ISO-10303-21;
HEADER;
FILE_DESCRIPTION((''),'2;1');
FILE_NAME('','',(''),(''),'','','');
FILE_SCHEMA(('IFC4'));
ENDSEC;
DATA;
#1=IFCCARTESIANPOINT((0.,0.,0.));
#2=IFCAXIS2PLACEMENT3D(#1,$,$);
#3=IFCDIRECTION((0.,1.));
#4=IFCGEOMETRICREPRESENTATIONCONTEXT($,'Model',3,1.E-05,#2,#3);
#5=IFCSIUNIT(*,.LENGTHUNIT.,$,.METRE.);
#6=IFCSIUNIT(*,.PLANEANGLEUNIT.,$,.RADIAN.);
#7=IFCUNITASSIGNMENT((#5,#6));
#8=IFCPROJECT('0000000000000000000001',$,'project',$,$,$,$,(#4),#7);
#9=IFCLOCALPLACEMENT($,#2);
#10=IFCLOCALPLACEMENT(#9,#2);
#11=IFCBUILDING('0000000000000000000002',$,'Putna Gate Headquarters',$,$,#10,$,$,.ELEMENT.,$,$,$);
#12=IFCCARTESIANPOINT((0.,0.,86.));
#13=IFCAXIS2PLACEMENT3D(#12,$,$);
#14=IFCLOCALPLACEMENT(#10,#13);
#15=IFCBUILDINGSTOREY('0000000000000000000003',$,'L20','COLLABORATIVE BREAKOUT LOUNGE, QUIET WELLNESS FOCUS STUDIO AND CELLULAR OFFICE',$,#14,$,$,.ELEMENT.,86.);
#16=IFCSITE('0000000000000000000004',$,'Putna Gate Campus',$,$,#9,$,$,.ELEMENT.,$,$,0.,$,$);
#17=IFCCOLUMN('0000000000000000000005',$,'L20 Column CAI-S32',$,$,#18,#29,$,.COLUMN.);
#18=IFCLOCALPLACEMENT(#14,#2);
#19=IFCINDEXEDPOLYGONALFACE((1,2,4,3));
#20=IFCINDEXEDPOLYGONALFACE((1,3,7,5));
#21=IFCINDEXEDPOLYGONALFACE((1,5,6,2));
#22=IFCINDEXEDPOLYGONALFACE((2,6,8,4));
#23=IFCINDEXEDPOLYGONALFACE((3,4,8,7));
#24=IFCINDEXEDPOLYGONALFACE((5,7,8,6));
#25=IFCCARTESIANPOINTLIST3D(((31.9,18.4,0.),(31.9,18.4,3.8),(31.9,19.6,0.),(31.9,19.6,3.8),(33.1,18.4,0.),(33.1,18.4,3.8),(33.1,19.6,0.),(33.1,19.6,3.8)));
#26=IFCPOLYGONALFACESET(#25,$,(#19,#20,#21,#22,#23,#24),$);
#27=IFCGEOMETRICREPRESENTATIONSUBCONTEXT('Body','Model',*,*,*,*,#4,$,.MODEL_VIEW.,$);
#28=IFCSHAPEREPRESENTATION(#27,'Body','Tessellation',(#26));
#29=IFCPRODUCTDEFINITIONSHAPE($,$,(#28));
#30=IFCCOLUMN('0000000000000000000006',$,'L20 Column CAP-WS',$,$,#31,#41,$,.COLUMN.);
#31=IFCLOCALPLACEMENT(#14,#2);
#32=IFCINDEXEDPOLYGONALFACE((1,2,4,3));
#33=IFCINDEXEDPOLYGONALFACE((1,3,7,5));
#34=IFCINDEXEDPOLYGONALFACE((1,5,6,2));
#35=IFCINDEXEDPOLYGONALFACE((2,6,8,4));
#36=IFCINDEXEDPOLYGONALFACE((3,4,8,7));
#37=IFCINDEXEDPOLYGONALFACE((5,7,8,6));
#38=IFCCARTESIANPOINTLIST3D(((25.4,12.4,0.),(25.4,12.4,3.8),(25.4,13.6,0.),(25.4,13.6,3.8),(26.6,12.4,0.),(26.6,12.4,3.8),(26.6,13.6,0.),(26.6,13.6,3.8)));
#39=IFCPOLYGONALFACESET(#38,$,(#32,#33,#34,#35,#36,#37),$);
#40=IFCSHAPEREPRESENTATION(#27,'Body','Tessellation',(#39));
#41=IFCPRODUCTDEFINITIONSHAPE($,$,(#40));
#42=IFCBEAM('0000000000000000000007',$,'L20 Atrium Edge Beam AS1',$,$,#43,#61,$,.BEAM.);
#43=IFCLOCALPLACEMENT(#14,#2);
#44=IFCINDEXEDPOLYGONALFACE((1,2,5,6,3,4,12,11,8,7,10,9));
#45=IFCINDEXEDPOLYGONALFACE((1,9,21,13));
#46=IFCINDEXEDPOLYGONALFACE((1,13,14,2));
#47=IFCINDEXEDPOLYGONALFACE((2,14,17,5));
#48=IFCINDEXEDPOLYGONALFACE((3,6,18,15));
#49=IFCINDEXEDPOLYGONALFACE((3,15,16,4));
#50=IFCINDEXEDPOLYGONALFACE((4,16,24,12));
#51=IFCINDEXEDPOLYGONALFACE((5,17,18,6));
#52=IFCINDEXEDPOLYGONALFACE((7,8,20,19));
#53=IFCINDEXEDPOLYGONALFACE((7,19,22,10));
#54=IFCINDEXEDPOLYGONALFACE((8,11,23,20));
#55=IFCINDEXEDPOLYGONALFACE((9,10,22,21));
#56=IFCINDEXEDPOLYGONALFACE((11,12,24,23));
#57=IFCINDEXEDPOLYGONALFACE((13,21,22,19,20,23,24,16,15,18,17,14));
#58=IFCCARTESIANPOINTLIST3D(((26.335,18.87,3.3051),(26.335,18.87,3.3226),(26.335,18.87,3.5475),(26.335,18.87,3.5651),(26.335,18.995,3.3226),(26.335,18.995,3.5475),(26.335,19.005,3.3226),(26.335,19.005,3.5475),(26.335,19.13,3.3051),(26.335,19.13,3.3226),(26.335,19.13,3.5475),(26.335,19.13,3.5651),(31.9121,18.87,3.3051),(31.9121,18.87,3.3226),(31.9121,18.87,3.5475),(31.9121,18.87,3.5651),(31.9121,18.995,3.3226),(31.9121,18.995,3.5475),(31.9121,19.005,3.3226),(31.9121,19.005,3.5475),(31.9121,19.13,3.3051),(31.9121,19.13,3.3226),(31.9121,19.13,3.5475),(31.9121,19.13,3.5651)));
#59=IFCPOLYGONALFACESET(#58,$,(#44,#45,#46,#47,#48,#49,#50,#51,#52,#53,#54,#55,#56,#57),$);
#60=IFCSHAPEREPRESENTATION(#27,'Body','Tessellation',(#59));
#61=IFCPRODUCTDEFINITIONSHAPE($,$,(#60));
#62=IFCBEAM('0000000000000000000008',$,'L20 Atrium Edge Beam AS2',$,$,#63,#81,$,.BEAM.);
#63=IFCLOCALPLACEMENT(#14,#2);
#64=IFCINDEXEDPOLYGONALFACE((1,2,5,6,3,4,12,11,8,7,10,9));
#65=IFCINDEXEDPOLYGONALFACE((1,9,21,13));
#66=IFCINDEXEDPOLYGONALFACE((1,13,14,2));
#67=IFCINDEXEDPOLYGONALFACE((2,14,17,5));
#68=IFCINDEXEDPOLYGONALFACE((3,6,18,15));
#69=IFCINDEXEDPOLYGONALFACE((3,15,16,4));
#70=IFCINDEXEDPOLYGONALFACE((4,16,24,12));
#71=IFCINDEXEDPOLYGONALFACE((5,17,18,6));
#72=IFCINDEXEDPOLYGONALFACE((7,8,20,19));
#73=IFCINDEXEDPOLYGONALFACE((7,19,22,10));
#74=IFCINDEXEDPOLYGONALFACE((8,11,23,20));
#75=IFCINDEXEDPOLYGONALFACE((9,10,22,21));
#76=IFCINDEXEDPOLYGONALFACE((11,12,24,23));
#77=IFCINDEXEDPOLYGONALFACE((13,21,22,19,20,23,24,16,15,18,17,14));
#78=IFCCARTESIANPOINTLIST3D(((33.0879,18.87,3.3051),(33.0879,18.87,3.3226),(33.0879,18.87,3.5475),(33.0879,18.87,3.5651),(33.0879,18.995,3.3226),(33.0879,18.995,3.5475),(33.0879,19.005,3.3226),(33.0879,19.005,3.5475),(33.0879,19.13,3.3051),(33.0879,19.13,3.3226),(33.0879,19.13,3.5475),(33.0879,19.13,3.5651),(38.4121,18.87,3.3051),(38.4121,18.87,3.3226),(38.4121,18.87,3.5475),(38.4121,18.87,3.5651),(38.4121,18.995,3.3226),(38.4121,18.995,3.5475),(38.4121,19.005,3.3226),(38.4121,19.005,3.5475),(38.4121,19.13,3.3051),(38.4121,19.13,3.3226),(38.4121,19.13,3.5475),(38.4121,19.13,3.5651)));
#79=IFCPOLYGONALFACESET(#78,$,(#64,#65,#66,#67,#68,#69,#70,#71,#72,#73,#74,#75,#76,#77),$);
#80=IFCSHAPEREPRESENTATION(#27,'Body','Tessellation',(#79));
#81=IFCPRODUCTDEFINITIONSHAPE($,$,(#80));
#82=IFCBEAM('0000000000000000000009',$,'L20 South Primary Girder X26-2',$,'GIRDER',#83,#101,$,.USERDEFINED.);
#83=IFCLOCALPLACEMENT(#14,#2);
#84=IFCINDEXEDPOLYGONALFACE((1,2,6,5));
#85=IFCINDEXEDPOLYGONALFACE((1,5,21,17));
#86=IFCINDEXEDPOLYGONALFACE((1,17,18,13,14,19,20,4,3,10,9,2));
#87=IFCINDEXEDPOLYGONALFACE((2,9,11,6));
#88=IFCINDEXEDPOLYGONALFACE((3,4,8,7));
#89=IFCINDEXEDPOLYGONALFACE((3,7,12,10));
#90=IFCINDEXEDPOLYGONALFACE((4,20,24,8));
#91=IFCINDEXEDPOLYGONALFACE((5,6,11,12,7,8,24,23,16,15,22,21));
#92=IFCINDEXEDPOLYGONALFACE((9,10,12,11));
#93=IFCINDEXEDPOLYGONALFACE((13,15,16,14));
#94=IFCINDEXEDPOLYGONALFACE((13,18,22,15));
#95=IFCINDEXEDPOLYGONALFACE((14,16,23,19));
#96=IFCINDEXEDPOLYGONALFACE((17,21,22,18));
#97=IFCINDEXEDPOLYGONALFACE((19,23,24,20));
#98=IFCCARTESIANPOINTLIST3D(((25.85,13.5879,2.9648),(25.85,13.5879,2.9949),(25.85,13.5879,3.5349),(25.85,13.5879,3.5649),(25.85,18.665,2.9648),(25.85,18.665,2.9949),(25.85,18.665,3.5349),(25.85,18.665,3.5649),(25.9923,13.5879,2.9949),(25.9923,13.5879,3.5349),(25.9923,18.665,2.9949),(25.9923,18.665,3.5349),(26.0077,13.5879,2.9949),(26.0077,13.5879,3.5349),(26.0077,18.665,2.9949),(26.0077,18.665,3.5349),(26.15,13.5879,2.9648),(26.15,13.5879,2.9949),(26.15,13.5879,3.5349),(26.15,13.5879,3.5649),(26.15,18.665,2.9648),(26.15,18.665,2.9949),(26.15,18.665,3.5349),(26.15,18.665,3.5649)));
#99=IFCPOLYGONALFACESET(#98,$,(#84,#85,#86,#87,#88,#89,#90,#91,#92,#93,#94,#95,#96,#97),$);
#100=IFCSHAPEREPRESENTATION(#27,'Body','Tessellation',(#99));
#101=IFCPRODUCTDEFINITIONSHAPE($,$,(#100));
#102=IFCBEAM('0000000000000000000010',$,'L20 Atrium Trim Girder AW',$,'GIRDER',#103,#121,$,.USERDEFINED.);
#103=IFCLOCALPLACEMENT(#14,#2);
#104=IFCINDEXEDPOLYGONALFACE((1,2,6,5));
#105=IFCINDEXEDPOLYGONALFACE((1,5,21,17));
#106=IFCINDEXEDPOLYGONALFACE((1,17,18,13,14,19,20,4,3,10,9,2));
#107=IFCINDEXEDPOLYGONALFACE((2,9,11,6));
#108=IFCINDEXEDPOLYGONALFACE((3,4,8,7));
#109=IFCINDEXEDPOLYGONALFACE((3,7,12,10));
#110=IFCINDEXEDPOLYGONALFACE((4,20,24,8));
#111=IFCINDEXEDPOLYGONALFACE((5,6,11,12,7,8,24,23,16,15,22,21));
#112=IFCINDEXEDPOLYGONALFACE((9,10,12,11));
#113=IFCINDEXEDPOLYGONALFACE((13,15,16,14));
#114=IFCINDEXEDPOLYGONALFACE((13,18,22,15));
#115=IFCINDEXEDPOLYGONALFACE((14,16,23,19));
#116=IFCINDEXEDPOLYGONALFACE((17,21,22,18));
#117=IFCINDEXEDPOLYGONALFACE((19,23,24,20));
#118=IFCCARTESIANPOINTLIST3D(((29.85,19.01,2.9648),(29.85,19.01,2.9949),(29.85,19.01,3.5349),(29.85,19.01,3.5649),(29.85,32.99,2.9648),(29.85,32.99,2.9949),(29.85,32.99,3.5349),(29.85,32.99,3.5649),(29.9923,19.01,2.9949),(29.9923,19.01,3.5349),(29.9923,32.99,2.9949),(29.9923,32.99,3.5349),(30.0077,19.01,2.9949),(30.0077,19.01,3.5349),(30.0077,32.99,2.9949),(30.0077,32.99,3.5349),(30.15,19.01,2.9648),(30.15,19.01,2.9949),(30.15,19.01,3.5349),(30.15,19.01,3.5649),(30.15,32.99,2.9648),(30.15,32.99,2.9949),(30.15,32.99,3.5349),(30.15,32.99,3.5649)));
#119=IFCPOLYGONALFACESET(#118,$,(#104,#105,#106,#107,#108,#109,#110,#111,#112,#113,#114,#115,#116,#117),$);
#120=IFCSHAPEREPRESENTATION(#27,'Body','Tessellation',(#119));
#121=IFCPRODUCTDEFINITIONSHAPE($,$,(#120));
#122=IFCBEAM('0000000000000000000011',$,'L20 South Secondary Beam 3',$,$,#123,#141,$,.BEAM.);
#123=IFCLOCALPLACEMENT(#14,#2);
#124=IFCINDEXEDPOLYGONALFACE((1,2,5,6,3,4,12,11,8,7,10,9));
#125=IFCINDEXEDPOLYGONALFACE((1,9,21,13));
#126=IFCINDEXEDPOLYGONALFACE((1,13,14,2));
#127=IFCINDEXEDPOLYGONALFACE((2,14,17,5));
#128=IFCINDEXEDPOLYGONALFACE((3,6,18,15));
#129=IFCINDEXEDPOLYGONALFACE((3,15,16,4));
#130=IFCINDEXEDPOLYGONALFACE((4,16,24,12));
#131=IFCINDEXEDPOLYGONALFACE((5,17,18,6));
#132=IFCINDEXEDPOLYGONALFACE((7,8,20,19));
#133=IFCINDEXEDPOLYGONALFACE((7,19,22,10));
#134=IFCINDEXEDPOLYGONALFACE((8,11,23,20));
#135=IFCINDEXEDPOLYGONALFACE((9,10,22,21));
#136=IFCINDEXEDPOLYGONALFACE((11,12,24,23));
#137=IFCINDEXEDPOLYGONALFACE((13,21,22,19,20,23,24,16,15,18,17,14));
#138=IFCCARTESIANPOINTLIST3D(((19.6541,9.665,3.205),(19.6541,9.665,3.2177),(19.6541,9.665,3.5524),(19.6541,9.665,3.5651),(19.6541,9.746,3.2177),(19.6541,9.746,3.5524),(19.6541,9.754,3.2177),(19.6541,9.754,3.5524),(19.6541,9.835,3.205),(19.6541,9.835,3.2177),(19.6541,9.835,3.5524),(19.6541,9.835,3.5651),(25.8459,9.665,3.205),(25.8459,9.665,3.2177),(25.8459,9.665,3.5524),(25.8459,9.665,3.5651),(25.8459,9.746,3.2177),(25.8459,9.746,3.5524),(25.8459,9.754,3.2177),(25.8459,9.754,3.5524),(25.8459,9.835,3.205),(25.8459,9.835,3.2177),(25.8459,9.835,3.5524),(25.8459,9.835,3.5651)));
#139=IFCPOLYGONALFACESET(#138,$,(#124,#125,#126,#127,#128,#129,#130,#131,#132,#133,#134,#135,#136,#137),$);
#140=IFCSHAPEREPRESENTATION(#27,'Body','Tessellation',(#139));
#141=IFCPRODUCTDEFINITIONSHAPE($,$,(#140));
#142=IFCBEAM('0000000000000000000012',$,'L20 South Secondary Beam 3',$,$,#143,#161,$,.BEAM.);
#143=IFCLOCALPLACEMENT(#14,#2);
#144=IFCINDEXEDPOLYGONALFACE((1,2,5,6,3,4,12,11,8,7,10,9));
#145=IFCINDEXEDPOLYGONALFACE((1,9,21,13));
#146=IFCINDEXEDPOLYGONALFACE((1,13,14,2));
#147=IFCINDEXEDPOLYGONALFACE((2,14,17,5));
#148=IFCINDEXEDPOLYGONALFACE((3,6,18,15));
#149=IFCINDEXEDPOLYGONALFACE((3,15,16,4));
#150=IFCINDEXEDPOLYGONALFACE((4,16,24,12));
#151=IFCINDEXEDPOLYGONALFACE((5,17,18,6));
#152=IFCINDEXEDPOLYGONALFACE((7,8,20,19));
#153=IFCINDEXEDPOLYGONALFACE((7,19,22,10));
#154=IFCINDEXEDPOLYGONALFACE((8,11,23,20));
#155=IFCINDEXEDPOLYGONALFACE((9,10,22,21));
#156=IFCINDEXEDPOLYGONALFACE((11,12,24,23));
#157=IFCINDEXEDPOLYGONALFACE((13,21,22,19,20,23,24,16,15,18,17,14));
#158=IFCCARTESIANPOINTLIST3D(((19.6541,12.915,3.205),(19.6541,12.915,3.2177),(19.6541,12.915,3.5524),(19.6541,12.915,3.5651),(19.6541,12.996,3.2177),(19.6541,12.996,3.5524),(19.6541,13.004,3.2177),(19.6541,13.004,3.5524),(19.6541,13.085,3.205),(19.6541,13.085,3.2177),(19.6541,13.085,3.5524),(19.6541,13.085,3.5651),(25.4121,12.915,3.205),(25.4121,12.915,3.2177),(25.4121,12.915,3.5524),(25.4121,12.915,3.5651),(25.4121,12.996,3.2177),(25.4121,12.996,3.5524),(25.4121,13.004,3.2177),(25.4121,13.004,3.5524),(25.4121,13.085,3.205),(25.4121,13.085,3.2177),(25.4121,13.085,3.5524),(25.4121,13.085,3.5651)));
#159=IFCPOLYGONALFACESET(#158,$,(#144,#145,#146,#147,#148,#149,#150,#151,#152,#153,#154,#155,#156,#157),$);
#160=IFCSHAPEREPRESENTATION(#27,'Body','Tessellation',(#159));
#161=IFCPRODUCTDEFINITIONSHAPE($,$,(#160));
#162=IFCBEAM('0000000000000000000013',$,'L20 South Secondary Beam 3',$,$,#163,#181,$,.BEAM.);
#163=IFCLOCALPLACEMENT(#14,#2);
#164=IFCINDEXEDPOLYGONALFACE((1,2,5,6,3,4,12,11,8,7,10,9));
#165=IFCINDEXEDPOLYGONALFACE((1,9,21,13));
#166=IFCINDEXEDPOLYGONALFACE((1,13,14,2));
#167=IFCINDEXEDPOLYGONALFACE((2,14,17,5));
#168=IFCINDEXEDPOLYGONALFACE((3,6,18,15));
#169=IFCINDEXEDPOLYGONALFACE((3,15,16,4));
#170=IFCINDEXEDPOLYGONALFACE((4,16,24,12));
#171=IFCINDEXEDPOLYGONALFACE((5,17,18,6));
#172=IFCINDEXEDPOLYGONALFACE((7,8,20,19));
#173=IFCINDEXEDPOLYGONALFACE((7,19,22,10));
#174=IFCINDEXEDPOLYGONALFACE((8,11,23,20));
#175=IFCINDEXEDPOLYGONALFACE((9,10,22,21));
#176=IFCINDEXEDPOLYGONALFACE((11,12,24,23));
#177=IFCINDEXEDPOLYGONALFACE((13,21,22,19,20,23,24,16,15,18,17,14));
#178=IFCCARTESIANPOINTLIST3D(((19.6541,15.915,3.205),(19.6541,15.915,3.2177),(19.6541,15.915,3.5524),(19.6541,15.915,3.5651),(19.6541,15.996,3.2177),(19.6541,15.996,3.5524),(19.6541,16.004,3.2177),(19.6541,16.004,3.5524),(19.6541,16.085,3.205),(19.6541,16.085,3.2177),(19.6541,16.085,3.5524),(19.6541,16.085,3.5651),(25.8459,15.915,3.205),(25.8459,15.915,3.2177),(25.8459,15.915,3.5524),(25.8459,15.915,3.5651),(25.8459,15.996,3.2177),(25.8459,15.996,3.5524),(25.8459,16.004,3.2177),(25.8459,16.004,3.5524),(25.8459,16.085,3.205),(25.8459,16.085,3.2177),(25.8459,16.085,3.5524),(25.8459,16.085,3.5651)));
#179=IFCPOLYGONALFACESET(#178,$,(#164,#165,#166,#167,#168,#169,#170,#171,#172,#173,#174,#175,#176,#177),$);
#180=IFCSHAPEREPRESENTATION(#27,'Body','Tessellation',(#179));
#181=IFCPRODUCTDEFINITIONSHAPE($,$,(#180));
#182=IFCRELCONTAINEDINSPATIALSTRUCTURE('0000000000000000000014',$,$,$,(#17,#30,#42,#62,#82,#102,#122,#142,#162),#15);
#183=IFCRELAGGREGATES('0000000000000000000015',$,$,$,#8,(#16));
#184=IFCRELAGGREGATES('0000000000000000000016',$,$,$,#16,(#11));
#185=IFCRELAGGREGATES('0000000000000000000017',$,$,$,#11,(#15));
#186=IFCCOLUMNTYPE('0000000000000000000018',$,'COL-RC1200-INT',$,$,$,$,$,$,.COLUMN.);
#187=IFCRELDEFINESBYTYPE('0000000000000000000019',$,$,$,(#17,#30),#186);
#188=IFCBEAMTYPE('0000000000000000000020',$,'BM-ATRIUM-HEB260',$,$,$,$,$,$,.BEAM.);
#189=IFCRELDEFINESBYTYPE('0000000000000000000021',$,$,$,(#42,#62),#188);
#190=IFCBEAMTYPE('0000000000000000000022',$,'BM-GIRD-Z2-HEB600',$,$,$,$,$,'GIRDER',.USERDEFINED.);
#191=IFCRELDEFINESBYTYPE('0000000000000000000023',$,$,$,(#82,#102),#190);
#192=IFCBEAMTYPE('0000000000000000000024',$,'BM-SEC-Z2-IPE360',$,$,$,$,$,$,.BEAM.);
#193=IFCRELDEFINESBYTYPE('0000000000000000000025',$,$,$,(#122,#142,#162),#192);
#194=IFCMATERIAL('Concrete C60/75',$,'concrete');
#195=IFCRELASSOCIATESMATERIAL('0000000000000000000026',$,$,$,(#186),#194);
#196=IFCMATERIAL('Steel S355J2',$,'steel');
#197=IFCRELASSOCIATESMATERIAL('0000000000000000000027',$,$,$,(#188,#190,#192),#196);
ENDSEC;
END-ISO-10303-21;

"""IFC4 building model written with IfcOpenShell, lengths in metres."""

from ifc_helpers import new_model, si_unit, direction, frame, origin, origin_2d, place, context, subcontext, project, spatial, rectangle, i_section, extrude, material, material_profile, profile_set, type_object, element, save


model = new_model("IFC4")

# Units and contexts
model_context = context("Model", 3, precision=1e-05, world=origin(), true_north=direction((0.0, 1.0)))
body_context = subcontext(model_context, "Body", "Model", "MODEL_VIEW")
ifc_project = project(units=[si_unit("LENGTHUNIT", "METRE"), si_unit("PLANEANGLEUNIT", "RADIAN")], contexts=[model_context])

# Site, building, storey
site_placement = place(None, origin())
site = spatial("IfcSite", under=ifc_project, at=site_placement, Name="Putna Gate Campus", CompositionType="ELEMENT", RefElevation=0.0)
building_placement = place(site_placement, origin())
building = spatial("IfcBuilding", under=site, at=building_placement, Name="Putna Gate Headquarters", CompositionType="ELEMENT")
storey_placement = place(building_placement, frame((0.0, 0.0, 86.0)))
storey = spatial("IfcBuildingStorey", under=building, at=storey_placement, Name="L20", Description="COLLABORATIVE BREAKOUT LOUNGE, QUIET WELLNESS FOCUS STUDIO AND CELLULAR OFFICE", CompositionType="ELEMENT", Elevation=86.0)

# Columns
ifc_material_1 = material(Name="Concrete C60/75", Category="concrete")
ifc_material_profile_1 = material_profile(ifc_material_1, rectangle(XDim=1.2, YDim=1.2, at=origin_2d()), Name="Concrete C60/75")
ifc_profile_set_1 = profile_set([ifc_material_profile_1], Name="Concrete C60/75")
column_type = type_object("IfcColumnType", Name="COL-RC1200-INT", PredefinedType="COLUMN", material=ifc_profile_set_1)
for number, where, z_axis, x_axis, name in (
    (1, (32.5, 19.0, 0.0), (0.0, 0.0, 1.0), (1.0, 0.0, 0.0), "L20 Column CAI-S32"),
    (2, (26.0, 13.0, 0.0), (0.0, 0.0, 1.0), (1.0, 0.0, 0.0), "L20 Column CAP-WS"),
):
    element("IfcColumn", number, at=place(storey_placement, frame(where, z_axis=z_axis, x_axis=x_axis)), inside=storey, type_object=column_type, Name=name, PredefinedType="COLUMN", context=body_context, shape_type="SweptSolid", body=[
        extrude(rectangle(XDim=1.2, YDim=1.2, at=origin_2d()), origin(), (0.0, 0.0, 1.0), 3.8),
    ])

# Beams
ifc_material_2 = material(Name="Steel S355J2", Category="steel")
ifc_material_profile_2 = material_profile(ifc_material_2, i_section(OverallWidth=0.26, OverallDepth=0.26, WebThickness=0.01, FlangeThickness=0.0176, at=origin_2d()), Name="Steel S355J2")
ifc_profile_set_2 = profile_set([ifc_material_profile_2], Name="Steel S355J2")
beam_type_1 = type_object("IfcBeamType", Name="BM-ATRIUM-HEB260", PredefinedType="BEAM", material=ifc_profile_set_2)
beam_1_placement = place(storey_placement, frame((26.335, 19.0, 3.4351), z_axis=(1.0, 0.0, 0.0), x_axis=(0.0, 1.0, 0.0)))
element("IfcBeam", 3, at=beam_1_placement, inside=storey, type_object=beam_type_1, Name="L20 Atrium Edge Beam AS1", PredefinedType="BEAM", context=body_context, shape_type="SweptSolid", body=[
    extrude(i_section(OverallWidth=0.26, OverallDepth=0.26, WebThickness=0.01, FlangeThickness=0.0176, at=origin_2d()), origin(), (0.0, 0.0, 1.0), 5.5771),
])
beam_2_placement = place(storey_placement, frame((33.0879, 19.0, 3.4351), z_axis=(1.0, 0.0, 0.0), x_axis=(0.0, 1.0, 0.0)))
element("IfcBeam", 4, at=beam_2_placement, inside=storey, type_object=beam_type_1, Name="L20 Atrium Edge Beam AS2", PredefinedType="BEAM", context=body_context, shape_type="SweptSolid", body=[
    extrude(i_section(OverallWidth=0.26, OverallDepth=0.26, WebThickness=0.01, FlangeThickness=0.0176, at=origin_2d()), origin(), (0.0, 0.0, 1.0), 5.3242),
])
ifc_material_profile_3 = material_profile(ifc_material_2, i_section(OverallWidth=0.3, OverallDepth=0.6001, WebThickness=0.0154, FlangeThickness=0.03, at=origin_2d()), Name="Steel S355J2")
ifc_profile_set_3 = profile_set([ifc_material_profile_3], Name="Steel S355J2")
beam_type_2 = type_object("IfcBeamType", Name="BM-GIRD-Z2-HEB600", ElementType="GIRDER", PredefinedType="USERDEFINED", material=ifc_profile_set_3)
beam_3_placement = place(storey_placement, frame((26.0, 13.5879, 3.2649), z_axis=(0.0, 1.0, 0.0), x_axis=(-1.0, 0.0, 0.0)))
element("IfcBeam", 5, at=beam_3_placement, inside=storey, type_object=beam_type_2, Name="L20 South Primary Girder X26-2", ObjectType="GIRDER", PredefinedType="USERDEFINED", context=body_context, shape_type="SweptSolid", body=[
    extrude(i_section(OverallWidth=0.3, OverallDepth=0.6001, WebThickness=0.0154, FlangeThickness=0.03, at=origin_2d()), origin(), (0.0, 0.0, 1.0), 5.0771),
])
beam_4_placement = place(storey_placement, frame((30.0, 19.01, 3.2649), z_axis=(0.0, 1.0, 0.0), x_axis=(-1.0, 0.0, 0.0)))
element("IfcBeam", 6, at=beam_4_placement, inside=storey, type_object=beam_type_2, Name="L20 Atrium Trim Girder AW", ObjectType="GIRDER", PredefinedType="USERDEFINED", context=body_context, shape_type="SweptSolid", body=[
    extrude(i_section(OverallWidth=0.3, OverallDepth=0.6001, WebThickness=0.0154, FlangeThickness=0.03, at=origin_2d()), origin(), (0.0, 0.0, 1.0), 13.98),
])
ifc_material_profile_4 = material_profile(ifc_material_2, i_section(OverallWidth=0.1699, OverallDepth=0.3601, WebThickness=0.0081, FlangeThickness=0.0127, at=origin_2d()), Name="Steel S355J2")
ifc_profile_set_4 = profile_set([ifc_material_profile_4], Name="Steel S355J2")
beam_type_3 = type_object("IfcBeamType", Name="BM-SEC-Z2-IPE360", PredefinedType="BEAM", material=ifc_profile_set_4)
beam_5_placement = place(storey_placement, frame((19.6541, 9.75, 3.385), z_axis=(1.0, 0.0, 0.0), x_axis=(0.0, 1.0, 0.0)))
element("IfcBeam", 7, at=beam_5_placement, inside=storey, type_object=beam_type_3, Name="L20 South Secondary Beam 3", PredefinedType="BEAM", context=body_context, shape_type="SweptSolid", body=[
    extrude(i_section(OverallWidth=0.1699, OverallDepth=0.3601, WebThickness=0.0081, FlangeThickness=0.0127, at=origin_2d()), origin(), (0.0, 0.0, 1.0), 6.1919),
])
beam_6_placement = place(storey_placement, frame((19.6541, 13.0, 3.385), z_axis=(1.0, 0.0, 0.0), x_axis=(0.0, 1.0, 0.0)))
element("IfcBeam", 8, at=beam_6_placement, inside=storey, type_object=beam_type_3, Name="L20 South Secondary Beam 3", PredefinedType="BEAM", context=body_context, shape_type="SweptSolid", body=[
    extrude(i_section(OverallWidth=0.1699, OverallDepth=0.3601, WebThickness=0.0081, FlangeThickness=0.0127, at=origin_2d()), origin(), (0.0, 0.0, 1.0), 5.7581),
])
for number, where, z_axis, x_axis, name in (
    (9, (19.6541, 16.0, 3.385), (1.0, 0.0, 0.0), (0.0, 1.0, 0.0), "L20 South Secondary Beam 3"),
):
    element("IfcBeam", number, at=place(storey_placement, frame(where, z_axis=z_axis, x_axis=x_axis)), inside=storey, type_object=beam_type_3, Name=name, PredefinedType="BEAM", context=body_context, shape_type="SweptSolid", body=[
        extrude(i_section(OverallWidth=0.1699, OverallDepth=0.3601, WebThickness=0.0081, FlangeThickness=0.0127, at=origin_2d()), origin(), (0.0, 0.0, 1.0), 6.1919),
    ])

save(model, "model.ifc")
